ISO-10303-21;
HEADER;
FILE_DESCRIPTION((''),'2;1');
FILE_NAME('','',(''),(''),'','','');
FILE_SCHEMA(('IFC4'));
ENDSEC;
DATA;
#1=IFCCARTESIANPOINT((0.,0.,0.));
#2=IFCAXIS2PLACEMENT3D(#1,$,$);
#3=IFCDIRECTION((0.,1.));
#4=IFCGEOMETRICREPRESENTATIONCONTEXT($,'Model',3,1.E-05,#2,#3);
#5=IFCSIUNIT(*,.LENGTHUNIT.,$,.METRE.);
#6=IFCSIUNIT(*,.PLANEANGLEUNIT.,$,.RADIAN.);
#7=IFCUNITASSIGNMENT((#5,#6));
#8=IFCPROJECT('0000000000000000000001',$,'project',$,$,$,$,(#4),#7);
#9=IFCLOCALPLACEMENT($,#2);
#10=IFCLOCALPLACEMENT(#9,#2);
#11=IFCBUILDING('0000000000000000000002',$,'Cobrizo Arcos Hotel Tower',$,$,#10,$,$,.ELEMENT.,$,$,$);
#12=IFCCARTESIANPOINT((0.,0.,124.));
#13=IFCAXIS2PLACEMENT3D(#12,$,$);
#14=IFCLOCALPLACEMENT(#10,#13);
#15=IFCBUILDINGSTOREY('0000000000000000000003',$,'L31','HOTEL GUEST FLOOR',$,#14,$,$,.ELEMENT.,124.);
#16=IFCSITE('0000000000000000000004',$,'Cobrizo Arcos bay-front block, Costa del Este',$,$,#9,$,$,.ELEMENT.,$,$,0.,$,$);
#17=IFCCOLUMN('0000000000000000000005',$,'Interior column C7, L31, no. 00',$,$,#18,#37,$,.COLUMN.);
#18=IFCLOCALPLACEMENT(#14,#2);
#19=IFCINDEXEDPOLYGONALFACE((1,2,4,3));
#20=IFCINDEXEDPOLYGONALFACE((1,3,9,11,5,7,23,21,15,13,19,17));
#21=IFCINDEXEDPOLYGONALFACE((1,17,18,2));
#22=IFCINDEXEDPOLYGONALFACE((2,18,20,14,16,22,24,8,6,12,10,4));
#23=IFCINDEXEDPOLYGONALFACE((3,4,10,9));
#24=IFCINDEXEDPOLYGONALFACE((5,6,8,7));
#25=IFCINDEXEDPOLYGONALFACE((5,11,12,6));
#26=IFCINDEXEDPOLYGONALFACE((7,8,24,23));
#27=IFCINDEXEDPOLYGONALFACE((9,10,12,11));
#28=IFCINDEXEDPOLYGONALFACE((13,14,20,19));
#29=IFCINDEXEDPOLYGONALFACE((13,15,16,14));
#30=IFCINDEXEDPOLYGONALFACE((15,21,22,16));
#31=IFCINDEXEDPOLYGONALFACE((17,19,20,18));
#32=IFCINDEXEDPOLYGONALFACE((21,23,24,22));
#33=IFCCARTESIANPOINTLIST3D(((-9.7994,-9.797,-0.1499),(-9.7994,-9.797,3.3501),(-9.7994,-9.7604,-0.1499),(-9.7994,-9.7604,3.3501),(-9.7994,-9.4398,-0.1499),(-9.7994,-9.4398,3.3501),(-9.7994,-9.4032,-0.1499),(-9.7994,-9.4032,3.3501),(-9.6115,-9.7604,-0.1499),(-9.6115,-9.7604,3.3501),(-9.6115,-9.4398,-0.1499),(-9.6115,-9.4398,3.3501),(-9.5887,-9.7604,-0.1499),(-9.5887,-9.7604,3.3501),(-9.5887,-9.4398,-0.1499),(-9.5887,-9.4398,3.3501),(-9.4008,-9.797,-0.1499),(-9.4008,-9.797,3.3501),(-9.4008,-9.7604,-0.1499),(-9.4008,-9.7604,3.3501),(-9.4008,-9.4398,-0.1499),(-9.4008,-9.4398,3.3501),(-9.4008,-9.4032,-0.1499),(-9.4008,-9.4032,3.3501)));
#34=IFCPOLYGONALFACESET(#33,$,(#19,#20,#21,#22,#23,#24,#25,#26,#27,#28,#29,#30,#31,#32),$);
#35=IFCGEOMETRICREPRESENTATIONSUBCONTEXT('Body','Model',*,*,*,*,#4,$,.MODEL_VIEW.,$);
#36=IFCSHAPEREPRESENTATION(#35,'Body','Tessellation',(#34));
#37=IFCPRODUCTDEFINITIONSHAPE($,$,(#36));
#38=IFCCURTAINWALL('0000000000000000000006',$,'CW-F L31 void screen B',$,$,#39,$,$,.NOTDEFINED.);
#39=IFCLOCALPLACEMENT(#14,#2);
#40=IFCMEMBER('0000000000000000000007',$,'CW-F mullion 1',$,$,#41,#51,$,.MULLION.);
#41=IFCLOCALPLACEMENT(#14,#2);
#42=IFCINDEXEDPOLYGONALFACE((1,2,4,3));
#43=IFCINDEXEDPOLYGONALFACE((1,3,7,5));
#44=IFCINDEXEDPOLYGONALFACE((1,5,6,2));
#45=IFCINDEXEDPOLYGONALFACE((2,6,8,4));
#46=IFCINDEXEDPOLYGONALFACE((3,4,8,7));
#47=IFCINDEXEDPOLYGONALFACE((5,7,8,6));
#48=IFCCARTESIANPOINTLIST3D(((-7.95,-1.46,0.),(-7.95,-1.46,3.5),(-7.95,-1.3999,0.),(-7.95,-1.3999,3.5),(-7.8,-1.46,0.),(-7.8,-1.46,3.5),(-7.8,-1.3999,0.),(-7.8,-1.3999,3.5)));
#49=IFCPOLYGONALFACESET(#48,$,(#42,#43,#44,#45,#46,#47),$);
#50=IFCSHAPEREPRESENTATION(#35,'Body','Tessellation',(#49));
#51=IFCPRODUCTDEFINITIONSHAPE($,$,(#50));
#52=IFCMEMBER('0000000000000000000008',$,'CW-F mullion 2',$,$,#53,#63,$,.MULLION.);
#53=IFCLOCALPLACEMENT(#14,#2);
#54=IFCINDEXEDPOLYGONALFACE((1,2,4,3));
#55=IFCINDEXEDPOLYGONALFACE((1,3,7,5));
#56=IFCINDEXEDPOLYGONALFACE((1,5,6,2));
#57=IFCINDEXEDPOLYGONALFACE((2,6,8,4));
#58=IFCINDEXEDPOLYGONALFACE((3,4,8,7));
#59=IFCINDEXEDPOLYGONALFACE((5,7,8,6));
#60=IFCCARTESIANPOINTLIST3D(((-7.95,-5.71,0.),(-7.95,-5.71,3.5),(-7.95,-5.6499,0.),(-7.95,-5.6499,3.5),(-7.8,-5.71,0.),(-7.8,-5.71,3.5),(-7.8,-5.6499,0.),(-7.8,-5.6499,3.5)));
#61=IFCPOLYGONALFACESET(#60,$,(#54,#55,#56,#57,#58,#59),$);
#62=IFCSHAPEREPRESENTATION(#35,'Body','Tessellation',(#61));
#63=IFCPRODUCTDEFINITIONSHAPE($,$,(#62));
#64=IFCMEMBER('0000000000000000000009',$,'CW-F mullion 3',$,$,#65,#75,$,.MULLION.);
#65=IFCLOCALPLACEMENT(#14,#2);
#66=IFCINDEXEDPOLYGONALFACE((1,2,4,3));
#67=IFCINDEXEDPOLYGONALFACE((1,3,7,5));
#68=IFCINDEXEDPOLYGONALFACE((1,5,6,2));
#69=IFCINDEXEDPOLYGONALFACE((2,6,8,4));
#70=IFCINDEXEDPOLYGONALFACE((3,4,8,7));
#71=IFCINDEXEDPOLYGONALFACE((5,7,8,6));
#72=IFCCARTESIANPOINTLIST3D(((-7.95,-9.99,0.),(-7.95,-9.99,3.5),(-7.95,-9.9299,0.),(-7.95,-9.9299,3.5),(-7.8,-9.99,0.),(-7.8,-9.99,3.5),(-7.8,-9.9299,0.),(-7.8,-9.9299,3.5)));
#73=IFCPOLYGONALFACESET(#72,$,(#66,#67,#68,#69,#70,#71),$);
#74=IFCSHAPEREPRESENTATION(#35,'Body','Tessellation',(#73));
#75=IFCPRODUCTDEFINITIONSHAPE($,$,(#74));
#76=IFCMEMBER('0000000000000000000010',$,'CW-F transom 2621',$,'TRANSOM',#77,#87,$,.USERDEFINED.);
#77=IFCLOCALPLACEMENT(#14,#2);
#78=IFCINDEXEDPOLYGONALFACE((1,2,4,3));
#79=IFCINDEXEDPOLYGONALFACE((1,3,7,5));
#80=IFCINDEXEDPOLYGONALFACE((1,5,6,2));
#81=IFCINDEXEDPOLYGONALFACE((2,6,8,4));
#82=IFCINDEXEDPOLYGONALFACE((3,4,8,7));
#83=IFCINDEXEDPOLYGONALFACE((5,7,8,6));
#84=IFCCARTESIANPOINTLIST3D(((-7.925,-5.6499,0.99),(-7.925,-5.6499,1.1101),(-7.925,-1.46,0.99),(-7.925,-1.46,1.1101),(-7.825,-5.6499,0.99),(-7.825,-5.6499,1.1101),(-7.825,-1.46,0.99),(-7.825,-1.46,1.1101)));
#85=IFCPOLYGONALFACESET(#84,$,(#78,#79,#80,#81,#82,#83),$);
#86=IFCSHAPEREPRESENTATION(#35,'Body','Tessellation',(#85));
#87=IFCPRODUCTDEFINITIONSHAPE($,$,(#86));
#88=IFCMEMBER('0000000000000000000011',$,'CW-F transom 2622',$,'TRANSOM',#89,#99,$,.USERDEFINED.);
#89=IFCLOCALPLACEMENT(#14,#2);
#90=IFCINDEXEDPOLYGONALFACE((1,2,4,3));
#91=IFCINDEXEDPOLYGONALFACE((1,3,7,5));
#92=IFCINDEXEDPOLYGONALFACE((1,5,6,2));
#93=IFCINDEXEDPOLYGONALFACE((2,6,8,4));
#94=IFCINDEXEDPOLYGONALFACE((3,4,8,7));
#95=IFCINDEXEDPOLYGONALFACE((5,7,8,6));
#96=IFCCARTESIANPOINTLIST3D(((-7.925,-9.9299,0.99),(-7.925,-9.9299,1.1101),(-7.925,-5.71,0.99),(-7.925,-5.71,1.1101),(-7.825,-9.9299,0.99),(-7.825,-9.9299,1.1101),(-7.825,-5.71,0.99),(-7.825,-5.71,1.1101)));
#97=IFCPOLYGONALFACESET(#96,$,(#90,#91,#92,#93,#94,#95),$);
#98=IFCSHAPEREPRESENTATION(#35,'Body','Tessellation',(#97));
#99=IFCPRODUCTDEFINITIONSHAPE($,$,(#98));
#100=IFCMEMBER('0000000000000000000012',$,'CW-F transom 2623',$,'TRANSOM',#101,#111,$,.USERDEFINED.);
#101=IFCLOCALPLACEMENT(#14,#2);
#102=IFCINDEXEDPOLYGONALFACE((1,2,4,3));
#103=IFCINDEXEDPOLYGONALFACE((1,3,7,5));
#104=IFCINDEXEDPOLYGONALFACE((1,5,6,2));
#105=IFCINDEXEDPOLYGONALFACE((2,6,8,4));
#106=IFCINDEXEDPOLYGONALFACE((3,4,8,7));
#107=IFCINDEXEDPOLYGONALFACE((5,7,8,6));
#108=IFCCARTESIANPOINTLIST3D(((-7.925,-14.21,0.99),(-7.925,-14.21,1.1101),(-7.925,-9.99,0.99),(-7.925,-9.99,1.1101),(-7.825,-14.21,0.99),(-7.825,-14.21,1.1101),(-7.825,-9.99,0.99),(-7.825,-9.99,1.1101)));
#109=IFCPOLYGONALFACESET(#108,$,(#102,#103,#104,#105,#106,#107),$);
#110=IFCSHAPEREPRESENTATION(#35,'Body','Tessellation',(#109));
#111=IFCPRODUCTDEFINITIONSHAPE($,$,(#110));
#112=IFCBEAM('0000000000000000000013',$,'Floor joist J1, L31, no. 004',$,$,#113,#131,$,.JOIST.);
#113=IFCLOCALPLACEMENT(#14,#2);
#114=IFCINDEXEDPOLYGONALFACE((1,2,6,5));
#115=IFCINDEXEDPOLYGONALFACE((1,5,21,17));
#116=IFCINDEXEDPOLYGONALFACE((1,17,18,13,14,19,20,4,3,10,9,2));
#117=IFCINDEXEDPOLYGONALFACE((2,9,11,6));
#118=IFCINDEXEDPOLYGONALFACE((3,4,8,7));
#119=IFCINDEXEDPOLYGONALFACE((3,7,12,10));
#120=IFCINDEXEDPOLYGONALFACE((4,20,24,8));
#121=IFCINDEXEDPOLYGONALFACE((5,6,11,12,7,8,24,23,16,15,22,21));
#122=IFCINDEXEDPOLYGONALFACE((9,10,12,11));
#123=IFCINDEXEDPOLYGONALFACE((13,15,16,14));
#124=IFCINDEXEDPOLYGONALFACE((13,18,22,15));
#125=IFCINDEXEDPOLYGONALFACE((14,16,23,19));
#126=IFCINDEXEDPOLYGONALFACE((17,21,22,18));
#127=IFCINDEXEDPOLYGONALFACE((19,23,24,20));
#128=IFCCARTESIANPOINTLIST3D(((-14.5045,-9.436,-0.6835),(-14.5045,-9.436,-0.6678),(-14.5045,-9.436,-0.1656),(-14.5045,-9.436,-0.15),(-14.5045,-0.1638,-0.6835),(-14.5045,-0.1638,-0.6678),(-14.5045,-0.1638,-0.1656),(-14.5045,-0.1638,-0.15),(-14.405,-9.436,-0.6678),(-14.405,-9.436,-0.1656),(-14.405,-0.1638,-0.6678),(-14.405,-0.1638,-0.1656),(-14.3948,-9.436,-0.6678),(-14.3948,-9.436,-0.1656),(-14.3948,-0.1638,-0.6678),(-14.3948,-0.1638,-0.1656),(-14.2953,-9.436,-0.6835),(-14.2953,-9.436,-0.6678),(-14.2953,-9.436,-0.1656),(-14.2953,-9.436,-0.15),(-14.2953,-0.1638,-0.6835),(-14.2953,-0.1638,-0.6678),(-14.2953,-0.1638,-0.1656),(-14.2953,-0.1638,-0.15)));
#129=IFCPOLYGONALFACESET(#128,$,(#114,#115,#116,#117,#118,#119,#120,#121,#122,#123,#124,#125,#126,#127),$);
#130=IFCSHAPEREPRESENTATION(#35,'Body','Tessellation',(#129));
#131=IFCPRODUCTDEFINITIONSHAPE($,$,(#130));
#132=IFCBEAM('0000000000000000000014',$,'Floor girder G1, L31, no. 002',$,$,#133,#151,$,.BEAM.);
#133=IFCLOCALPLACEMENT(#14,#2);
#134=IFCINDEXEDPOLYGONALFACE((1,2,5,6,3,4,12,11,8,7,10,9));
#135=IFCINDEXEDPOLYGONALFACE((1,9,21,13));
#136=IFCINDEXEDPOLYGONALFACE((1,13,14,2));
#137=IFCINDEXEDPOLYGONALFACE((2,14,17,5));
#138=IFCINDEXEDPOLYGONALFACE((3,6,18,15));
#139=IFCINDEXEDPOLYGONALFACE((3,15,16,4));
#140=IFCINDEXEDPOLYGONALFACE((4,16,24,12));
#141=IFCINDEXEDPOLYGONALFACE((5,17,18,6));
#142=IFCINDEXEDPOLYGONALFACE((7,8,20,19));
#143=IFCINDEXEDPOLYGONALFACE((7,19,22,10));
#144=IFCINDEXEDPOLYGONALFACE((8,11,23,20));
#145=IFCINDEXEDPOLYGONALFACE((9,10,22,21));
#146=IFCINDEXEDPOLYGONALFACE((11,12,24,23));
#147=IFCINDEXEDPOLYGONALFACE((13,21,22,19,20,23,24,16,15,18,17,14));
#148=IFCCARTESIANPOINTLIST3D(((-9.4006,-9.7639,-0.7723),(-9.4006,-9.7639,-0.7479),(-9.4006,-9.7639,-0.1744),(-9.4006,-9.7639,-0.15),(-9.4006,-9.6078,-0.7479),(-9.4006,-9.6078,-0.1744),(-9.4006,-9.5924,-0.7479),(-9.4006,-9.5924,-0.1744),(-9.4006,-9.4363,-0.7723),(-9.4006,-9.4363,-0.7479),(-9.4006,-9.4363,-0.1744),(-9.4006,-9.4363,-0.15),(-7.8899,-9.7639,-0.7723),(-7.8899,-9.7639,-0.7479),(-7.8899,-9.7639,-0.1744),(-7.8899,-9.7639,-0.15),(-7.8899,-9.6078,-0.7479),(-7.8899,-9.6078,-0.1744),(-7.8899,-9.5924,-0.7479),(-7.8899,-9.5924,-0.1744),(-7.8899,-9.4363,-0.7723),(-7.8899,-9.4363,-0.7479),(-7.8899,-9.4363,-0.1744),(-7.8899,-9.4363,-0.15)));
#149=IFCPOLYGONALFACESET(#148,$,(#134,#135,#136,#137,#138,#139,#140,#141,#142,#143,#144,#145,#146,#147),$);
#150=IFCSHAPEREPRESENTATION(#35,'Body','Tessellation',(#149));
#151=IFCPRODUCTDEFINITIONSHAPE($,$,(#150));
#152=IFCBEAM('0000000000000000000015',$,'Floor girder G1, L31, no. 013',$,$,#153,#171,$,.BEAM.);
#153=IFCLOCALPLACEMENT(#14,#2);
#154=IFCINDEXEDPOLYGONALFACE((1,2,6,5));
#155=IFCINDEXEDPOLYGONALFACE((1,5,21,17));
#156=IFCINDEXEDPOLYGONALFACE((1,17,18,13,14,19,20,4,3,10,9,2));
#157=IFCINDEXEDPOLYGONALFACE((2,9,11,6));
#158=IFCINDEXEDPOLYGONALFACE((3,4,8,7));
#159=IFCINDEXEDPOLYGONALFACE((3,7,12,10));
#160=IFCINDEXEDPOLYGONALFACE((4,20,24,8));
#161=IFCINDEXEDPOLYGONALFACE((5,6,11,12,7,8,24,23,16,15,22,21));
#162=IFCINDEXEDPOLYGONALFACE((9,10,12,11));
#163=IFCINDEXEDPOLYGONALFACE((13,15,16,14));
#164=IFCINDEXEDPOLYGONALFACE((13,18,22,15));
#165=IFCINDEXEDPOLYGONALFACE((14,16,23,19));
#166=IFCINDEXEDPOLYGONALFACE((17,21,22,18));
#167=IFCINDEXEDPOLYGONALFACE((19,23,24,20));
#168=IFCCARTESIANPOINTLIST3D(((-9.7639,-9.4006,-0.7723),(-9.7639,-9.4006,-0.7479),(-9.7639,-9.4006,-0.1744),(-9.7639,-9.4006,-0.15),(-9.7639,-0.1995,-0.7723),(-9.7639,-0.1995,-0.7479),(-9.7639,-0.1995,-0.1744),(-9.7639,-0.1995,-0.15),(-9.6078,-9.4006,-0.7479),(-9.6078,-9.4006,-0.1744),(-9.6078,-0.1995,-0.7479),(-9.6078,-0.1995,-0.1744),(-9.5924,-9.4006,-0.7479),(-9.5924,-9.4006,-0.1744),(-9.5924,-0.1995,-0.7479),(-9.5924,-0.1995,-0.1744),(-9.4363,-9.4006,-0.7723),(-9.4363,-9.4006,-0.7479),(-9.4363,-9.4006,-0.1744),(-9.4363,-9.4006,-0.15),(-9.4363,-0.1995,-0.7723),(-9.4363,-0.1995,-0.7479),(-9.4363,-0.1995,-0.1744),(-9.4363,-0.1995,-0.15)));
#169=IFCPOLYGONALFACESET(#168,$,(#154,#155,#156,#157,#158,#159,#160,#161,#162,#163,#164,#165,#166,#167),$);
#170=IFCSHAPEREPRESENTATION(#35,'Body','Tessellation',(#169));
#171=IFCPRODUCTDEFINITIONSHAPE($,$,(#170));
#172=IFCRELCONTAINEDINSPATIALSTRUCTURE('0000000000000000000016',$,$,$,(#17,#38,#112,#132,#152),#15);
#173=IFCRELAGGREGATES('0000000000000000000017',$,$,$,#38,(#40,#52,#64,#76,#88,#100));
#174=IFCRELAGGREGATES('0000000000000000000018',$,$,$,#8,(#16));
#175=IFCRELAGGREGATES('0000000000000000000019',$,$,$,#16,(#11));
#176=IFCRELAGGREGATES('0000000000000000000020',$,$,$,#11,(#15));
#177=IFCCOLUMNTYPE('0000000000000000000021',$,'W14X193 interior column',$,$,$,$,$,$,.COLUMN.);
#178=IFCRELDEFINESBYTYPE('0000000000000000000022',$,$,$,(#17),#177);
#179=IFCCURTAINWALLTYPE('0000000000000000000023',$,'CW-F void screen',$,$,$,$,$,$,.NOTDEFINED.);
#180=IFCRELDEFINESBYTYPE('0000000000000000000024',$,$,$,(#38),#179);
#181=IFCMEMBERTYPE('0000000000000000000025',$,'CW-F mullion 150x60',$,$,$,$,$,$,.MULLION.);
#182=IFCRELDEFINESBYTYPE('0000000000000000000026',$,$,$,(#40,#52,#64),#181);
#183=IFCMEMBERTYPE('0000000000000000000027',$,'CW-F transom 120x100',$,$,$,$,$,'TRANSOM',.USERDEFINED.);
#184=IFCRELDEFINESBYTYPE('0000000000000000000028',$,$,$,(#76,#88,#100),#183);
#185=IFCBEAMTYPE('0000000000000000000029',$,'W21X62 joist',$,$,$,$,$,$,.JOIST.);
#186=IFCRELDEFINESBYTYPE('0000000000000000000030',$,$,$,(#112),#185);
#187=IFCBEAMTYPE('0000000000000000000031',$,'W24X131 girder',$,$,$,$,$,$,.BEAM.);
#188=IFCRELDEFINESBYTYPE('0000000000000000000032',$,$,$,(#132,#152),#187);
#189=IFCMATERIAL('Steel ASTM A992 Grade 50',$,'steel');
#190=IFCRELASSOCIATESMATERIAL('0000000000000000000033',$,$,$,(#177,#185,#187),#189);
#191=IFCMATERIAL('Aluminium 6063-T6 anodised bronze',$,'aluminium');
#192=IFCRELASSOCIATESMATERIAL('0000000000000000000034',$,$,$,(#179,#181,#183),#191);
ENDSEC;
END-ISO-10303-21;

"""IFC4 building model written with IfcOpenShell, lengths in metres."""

from ifc_helpers import new_model, si_unit, direction, frame, origin, origin_2d, place, context, subcontext, project, spatial, rectangle, i_section, extrude, material, material_profile, profile_set, type_object, element, aggregate, save


model = new_model("IFC4")

# Units and contexts
model_context = context("Model", 3, precision=1e-05, world=origin(), true_north=direction((0.0, 1.0)))
body_context = subcontext(model_context, "Body", "Model", "MODEL_VIEW")
ifc_project = project(units=[si_unit("LENGTHUNIT", "METRE"), si_unit("PLANEANGLEUNIT", "RADIAN")], contexts=[model_context])

# Site, building, storey
site_placement = place(None, origin())
site = spatial("IfcSite", under=ifc_project, at=site_placement, Name="Cobrizo Arcos bay-front block, Costa del Este", CompositionType="ELEMENT", RefElevation=0.0)
building_placement = place(site_placement, origin())
building = spatial("IfcBuilding", under=site, at=building_placement, Name="Cobrizo Arcos Hotel Tower", CompositionType="ELEMENT")
storey_placement = place(building_placement, frame((0.0, 0.0, 124.0)))
storey = spatial("IfcBuildingStorey", under=building, at=storey_placement, Name="L31", Description="HOTEL GUEST FLOOR", CompositionType="ELEMENT", Elevation=124.0)

# Column
ifc_material_1 = material(Name="Steel ASTM A992 Grade 50", Category="steel")
ifc_material_profile_1 = material_profile(ifc_material_1, i_section(OverallWidth=0.3987, OverallDepth=0.3938, WebThickness=0.0227, FlangeThickness=0.0366, at=origin_2d()), Name="W14X193")
ifc_profile_set_1 = profile_set([ifc_material_profile_1], Name="Steel ASTM A992 Grade 50")
column_type = type_object("IfcColumnType", Name="W14X193 interior column", PredefinedType="COLUMN", material=ifc_profile_set_1)
column_placement = place(storey_placement, frame((-9.6001, -9.6001, -0.1499), z_axis=(0.0, 0.0, 1.0), x_axis=(1.0, 0.0, 0.0)))
element("IfcColumn", 1, at=column_placement, inside=storey, type_object=column_type, Name="Interior column C7, L31, no. 00", PredefinedType="COLUMN", context=body_context, shape_type="SweptSolid", body=[
    extrude(i_section(OverallWidth=0.3987, OverallDepth=0.3938, WebThickness=0.0227, FlangeThickness=0.0366, at=origin_2d()), origin(), (0.0, 0.0, 1.0), 3.5),
])

# Curtain wall, members
ifc_material_2 = material(Name="Aluminium 6063-T6 anodised bronze", Category="aluminium")
curtain_wall_type = type_object("IfcCurtainWallType", Name="CW-F void screen", PredefinedType="NOTDEFINED", material=ifc_material_2)
curtain_wall_placement = place(storey_placement, origin())
curtain_wall = element("IfcCurtainWall", 2, at=curtain_wall_placement, inside=storey, type_object=curtain_wall_type, Name="CW-F L31 void screen B", PredefinedType="NOTDEFINED")
ifc_material_profile_2 = material_profile(ifc_material_2, rectangle(XDim=0.1499, YDim=0.0601, at=origin_2d()), Name="CW-F mullion 150x60")
ifc_profile_set_2 = profile_set([ifc_material_profile_2], Name="Aluminium 6063-T6 anodised bronze")
member_type_1 = type_object("IfcMemberType", Name="CW-F mullion 150x60", PredefinedType="MULLION", material=ifc_profile_set_2)
member_1_placement = place(storey_placement, frame((-7.875, -1.4299, 0.0), z_axis=(0.0, 0.0, 1.0), x_axis=(-1.0, 0.0, 0.0)))
member_1 = element("IfcMember", 3, at=member_1_placement, type_object=member_type_1, Name="CW-F mullion 1", PredefinedType="MULLION", context=body_context, shape_type="SweptSolid", body=[
    extrude(rectangle(XDim=0.1499, YDim=0.0601, at=origin_2d()), origin(), (0.0, 0.0, 1.0), 3.5),
])
member_2_placement = place(storey_placement, frame((-7.875, -5.6799, 0.0), z_axis=(0.0, 0.0, 1.0), x_axis=(-1.0, 0.0, 0.0)))
member_2 = element("IfcMember", 4, at=member_2_placement, type_object=member_type_1, Name="CW-F mullion 2", PredefinedType="MULLION", context=body_context, shape_type="SweptSolid", body=[
    extrude(rectangle(XDim=0.1499, YDim=0.0601, at=origin_2d()), origin(), (0.0, 0.0, 1.0), 3.5),
])
member_3_placement = place(storey_placement, frame((-7.875, -9.96, 0.0), z_axis=(0.0, 0.0, 1.0), x_axis=(-1.0, 0.0, 0.0)))
member_3 = element("IfcMember", 5, at=member_3_placement, type_object=member_type_1, Name="CW-F mullion 3", PredefinedType="MULLION", context=body_context, shape_type="SweptSolid", body=[
    extrude(rectangle(XDim=0.1499, YDim=0.0601, at=origin_2d()), origin(), (0.0, 0.0, 1.0), 3.5),
])
ifc_material_profile_3 = material_profile(ifc_material_2, rectangle(XDim=0.1001, YDim=0.1201, at=origin_2d()), Name="CW-F transom 120x100")
ifc_profile_set_3 = profile_set([ifc_material_profile_3], Name="Aluminium 6063-T6 anodised bronze")
member_type_2 = type_object("IfcMemberType", Name="CW-F transom 120x100", ElementType="TRANSOM", PredefinedType="USERDEFINED", material=ifc_profile_set_3)
member_4_placement = place(storey_placement, frame((-7.875, -1.46, 1.05), z_axis=(0.0, -1.0, 0.0), x_axis=(1.0, 0.0, 0.0)))
member_4 = element("IfcMember", 6, at=member_4_placement, type_object=member_type_2, Name="CW-F transom 2621", ObjectType="TRANSOM", PredefinedType="USERDEFINED", context=body_context, shape_type="SweptSolid", body=[
    extrude(rectangle(XDim=0.1001, YDim=0.1201, at=origin_2d()), origin(), (0.0, 0.0, 1.0), 4.1899),
])
member_5_placement = place(storey_placement, frame((-7.875, -5.71, 1.05), z_axis=(0.0, -1.0, 0.0), x_axis=(1.0, 0.0, 0.0)))
member_5 = element("IfcMember", 7, at=member_5_placement, type_object=member_type_2, Name="CW-F transom 2622", ObjectType="TRANSOM", PredefinedType="USERDEFINED", context=body_context, shape_type="SweptSolid", body=[
    extrude(rectangle(XDim=0.1001, YDim=0.1201, at=origin_2d()), origin(), (0.0, 0.0, 1.0), 4.22),
])
member_6_placement = place(storey_placement, frame((-7.875, -9.99, 1.05), z_axis=(0.0, -1.0, 0.0), x_axis=(1.0, 0.0, 0.0)))
member_6 = element("IfcMember", 8, at=member_6_placement, type_object=member_type_2, Name="CW-F transom 2623", ObjectType="TRANSOM", PredefinedType="USERDEFINED", context=body_context, shape_type="SweptSolid", body=[
    extrude(rectangle(XDim=0.1001, YDim=0.1201, at=origin_2d()), origin(), (0.0, 0.0, 1.0), 4.22),
])

# Beams
ifc_material_profile_4 = material_profile(ifc_material_1, i_section(OverallWidth=0.2092, OverallDepth=0.5334, WebThickness=0.0103, FlangeThickness=0.0156, at=origin_2d()), Name="W21X62")
ifc_profile_set_4 = profile_set([ifc_material_profile_4], Name="Steel ASTM A992 Grade 50")
beam_type_1 = type_object("IfcBeamType", Name="W21X62 joist", PredefinedType="JOIST", material=ifc_profile_set_4)
beam_1_placement = place(storey_placement, frame((-14.3999, -9.436, -0.4167), z_axis=(0.0, 1.0, 0.0), x_axis=(-1.0, 0.0, 0.0)))
element("IfcBeam", 9, at=beam_1_placement, inside=storey, type_object=beam_type_1, Name="Floor joist J1, L31, no. 004", PredefinedType="JOIST", context=body_context, shape_type="SweptSolid", body=[
    extrude(i_section(OverallWidth=0.2092, OverallDepth=0.5334, WebThickness=0.0103, FlangeThickness=0.0156, at=origin_2d()), origin(), (0.0, 0.0, 1.0), 9.2722),
])
ifc_material_profile_5 = material_profile(ifc_material_1, i_section(OverallWidth=0.3276, OverallDepth=0.6223, WebThickness=0.0154, FlangeThickness=0.0244, at=origin_2d()), Name="W24X131")
ifc_profile_set_5 = profile_set([ifc_material_profile_5], Name="Steel ASTM A992 Grade 50")
beam_type_2 = type_object("IfcBeamType", Name="W24X131 girder", PredefinedType="BEAM", material=ifc_profile_set_5)
beam_2_placement = place(storey_placement, frame((-9.4006, -9.6001, -0.4612), z_axis=(1.0, 0.0, 0.0), x_axis=(0.0, 1.0, 0.0)))
element("IfcBeam", 10, at=beam_2_placement, inside=storey, type_object=beam_type_2, Name="Floor girder G1, L31, no. 002", PredefinedType="BEAM", context=body_context, shape_type="SweptSolid", body=[
    extrude(i_section(OverallWidth=0.3276, OverallDepth=0.6223, WebThickness=0.0154, FlangeThickness=0.0244, at=origin_2d()), origin(), (0.0, 0.0, 1.0), 1.5107),
])
beam_3_placement = place(storey_placement, frame((-9.6001, -9.4006, -0.4612), z_axis=(0.0, 1.0, 0.0), x_axis=(-1.0, 0.0, 0.0)))
element("IfcBeam", 11, at=beam_3_placement, inside=storey, type_object=beam_type_2, Name="Floor girder G1, L31, no. 013", PredefinedType="BEAM", context=body_context, shape_type="SweptSolid", body=[
    extrude(i_section(OverallWidth=0.3276, OverallDepth=0.6223, WebThickness=0.0154, FlangeThickness=0.0244, at=origin_2d()), origin(), (0.0, 0.0, 1.0), 9.2012),
])

aggregate(curtain_wall, [member_1, member_2, member_3, member_4, member_5, member_6])

save(model, "model.ifc")
